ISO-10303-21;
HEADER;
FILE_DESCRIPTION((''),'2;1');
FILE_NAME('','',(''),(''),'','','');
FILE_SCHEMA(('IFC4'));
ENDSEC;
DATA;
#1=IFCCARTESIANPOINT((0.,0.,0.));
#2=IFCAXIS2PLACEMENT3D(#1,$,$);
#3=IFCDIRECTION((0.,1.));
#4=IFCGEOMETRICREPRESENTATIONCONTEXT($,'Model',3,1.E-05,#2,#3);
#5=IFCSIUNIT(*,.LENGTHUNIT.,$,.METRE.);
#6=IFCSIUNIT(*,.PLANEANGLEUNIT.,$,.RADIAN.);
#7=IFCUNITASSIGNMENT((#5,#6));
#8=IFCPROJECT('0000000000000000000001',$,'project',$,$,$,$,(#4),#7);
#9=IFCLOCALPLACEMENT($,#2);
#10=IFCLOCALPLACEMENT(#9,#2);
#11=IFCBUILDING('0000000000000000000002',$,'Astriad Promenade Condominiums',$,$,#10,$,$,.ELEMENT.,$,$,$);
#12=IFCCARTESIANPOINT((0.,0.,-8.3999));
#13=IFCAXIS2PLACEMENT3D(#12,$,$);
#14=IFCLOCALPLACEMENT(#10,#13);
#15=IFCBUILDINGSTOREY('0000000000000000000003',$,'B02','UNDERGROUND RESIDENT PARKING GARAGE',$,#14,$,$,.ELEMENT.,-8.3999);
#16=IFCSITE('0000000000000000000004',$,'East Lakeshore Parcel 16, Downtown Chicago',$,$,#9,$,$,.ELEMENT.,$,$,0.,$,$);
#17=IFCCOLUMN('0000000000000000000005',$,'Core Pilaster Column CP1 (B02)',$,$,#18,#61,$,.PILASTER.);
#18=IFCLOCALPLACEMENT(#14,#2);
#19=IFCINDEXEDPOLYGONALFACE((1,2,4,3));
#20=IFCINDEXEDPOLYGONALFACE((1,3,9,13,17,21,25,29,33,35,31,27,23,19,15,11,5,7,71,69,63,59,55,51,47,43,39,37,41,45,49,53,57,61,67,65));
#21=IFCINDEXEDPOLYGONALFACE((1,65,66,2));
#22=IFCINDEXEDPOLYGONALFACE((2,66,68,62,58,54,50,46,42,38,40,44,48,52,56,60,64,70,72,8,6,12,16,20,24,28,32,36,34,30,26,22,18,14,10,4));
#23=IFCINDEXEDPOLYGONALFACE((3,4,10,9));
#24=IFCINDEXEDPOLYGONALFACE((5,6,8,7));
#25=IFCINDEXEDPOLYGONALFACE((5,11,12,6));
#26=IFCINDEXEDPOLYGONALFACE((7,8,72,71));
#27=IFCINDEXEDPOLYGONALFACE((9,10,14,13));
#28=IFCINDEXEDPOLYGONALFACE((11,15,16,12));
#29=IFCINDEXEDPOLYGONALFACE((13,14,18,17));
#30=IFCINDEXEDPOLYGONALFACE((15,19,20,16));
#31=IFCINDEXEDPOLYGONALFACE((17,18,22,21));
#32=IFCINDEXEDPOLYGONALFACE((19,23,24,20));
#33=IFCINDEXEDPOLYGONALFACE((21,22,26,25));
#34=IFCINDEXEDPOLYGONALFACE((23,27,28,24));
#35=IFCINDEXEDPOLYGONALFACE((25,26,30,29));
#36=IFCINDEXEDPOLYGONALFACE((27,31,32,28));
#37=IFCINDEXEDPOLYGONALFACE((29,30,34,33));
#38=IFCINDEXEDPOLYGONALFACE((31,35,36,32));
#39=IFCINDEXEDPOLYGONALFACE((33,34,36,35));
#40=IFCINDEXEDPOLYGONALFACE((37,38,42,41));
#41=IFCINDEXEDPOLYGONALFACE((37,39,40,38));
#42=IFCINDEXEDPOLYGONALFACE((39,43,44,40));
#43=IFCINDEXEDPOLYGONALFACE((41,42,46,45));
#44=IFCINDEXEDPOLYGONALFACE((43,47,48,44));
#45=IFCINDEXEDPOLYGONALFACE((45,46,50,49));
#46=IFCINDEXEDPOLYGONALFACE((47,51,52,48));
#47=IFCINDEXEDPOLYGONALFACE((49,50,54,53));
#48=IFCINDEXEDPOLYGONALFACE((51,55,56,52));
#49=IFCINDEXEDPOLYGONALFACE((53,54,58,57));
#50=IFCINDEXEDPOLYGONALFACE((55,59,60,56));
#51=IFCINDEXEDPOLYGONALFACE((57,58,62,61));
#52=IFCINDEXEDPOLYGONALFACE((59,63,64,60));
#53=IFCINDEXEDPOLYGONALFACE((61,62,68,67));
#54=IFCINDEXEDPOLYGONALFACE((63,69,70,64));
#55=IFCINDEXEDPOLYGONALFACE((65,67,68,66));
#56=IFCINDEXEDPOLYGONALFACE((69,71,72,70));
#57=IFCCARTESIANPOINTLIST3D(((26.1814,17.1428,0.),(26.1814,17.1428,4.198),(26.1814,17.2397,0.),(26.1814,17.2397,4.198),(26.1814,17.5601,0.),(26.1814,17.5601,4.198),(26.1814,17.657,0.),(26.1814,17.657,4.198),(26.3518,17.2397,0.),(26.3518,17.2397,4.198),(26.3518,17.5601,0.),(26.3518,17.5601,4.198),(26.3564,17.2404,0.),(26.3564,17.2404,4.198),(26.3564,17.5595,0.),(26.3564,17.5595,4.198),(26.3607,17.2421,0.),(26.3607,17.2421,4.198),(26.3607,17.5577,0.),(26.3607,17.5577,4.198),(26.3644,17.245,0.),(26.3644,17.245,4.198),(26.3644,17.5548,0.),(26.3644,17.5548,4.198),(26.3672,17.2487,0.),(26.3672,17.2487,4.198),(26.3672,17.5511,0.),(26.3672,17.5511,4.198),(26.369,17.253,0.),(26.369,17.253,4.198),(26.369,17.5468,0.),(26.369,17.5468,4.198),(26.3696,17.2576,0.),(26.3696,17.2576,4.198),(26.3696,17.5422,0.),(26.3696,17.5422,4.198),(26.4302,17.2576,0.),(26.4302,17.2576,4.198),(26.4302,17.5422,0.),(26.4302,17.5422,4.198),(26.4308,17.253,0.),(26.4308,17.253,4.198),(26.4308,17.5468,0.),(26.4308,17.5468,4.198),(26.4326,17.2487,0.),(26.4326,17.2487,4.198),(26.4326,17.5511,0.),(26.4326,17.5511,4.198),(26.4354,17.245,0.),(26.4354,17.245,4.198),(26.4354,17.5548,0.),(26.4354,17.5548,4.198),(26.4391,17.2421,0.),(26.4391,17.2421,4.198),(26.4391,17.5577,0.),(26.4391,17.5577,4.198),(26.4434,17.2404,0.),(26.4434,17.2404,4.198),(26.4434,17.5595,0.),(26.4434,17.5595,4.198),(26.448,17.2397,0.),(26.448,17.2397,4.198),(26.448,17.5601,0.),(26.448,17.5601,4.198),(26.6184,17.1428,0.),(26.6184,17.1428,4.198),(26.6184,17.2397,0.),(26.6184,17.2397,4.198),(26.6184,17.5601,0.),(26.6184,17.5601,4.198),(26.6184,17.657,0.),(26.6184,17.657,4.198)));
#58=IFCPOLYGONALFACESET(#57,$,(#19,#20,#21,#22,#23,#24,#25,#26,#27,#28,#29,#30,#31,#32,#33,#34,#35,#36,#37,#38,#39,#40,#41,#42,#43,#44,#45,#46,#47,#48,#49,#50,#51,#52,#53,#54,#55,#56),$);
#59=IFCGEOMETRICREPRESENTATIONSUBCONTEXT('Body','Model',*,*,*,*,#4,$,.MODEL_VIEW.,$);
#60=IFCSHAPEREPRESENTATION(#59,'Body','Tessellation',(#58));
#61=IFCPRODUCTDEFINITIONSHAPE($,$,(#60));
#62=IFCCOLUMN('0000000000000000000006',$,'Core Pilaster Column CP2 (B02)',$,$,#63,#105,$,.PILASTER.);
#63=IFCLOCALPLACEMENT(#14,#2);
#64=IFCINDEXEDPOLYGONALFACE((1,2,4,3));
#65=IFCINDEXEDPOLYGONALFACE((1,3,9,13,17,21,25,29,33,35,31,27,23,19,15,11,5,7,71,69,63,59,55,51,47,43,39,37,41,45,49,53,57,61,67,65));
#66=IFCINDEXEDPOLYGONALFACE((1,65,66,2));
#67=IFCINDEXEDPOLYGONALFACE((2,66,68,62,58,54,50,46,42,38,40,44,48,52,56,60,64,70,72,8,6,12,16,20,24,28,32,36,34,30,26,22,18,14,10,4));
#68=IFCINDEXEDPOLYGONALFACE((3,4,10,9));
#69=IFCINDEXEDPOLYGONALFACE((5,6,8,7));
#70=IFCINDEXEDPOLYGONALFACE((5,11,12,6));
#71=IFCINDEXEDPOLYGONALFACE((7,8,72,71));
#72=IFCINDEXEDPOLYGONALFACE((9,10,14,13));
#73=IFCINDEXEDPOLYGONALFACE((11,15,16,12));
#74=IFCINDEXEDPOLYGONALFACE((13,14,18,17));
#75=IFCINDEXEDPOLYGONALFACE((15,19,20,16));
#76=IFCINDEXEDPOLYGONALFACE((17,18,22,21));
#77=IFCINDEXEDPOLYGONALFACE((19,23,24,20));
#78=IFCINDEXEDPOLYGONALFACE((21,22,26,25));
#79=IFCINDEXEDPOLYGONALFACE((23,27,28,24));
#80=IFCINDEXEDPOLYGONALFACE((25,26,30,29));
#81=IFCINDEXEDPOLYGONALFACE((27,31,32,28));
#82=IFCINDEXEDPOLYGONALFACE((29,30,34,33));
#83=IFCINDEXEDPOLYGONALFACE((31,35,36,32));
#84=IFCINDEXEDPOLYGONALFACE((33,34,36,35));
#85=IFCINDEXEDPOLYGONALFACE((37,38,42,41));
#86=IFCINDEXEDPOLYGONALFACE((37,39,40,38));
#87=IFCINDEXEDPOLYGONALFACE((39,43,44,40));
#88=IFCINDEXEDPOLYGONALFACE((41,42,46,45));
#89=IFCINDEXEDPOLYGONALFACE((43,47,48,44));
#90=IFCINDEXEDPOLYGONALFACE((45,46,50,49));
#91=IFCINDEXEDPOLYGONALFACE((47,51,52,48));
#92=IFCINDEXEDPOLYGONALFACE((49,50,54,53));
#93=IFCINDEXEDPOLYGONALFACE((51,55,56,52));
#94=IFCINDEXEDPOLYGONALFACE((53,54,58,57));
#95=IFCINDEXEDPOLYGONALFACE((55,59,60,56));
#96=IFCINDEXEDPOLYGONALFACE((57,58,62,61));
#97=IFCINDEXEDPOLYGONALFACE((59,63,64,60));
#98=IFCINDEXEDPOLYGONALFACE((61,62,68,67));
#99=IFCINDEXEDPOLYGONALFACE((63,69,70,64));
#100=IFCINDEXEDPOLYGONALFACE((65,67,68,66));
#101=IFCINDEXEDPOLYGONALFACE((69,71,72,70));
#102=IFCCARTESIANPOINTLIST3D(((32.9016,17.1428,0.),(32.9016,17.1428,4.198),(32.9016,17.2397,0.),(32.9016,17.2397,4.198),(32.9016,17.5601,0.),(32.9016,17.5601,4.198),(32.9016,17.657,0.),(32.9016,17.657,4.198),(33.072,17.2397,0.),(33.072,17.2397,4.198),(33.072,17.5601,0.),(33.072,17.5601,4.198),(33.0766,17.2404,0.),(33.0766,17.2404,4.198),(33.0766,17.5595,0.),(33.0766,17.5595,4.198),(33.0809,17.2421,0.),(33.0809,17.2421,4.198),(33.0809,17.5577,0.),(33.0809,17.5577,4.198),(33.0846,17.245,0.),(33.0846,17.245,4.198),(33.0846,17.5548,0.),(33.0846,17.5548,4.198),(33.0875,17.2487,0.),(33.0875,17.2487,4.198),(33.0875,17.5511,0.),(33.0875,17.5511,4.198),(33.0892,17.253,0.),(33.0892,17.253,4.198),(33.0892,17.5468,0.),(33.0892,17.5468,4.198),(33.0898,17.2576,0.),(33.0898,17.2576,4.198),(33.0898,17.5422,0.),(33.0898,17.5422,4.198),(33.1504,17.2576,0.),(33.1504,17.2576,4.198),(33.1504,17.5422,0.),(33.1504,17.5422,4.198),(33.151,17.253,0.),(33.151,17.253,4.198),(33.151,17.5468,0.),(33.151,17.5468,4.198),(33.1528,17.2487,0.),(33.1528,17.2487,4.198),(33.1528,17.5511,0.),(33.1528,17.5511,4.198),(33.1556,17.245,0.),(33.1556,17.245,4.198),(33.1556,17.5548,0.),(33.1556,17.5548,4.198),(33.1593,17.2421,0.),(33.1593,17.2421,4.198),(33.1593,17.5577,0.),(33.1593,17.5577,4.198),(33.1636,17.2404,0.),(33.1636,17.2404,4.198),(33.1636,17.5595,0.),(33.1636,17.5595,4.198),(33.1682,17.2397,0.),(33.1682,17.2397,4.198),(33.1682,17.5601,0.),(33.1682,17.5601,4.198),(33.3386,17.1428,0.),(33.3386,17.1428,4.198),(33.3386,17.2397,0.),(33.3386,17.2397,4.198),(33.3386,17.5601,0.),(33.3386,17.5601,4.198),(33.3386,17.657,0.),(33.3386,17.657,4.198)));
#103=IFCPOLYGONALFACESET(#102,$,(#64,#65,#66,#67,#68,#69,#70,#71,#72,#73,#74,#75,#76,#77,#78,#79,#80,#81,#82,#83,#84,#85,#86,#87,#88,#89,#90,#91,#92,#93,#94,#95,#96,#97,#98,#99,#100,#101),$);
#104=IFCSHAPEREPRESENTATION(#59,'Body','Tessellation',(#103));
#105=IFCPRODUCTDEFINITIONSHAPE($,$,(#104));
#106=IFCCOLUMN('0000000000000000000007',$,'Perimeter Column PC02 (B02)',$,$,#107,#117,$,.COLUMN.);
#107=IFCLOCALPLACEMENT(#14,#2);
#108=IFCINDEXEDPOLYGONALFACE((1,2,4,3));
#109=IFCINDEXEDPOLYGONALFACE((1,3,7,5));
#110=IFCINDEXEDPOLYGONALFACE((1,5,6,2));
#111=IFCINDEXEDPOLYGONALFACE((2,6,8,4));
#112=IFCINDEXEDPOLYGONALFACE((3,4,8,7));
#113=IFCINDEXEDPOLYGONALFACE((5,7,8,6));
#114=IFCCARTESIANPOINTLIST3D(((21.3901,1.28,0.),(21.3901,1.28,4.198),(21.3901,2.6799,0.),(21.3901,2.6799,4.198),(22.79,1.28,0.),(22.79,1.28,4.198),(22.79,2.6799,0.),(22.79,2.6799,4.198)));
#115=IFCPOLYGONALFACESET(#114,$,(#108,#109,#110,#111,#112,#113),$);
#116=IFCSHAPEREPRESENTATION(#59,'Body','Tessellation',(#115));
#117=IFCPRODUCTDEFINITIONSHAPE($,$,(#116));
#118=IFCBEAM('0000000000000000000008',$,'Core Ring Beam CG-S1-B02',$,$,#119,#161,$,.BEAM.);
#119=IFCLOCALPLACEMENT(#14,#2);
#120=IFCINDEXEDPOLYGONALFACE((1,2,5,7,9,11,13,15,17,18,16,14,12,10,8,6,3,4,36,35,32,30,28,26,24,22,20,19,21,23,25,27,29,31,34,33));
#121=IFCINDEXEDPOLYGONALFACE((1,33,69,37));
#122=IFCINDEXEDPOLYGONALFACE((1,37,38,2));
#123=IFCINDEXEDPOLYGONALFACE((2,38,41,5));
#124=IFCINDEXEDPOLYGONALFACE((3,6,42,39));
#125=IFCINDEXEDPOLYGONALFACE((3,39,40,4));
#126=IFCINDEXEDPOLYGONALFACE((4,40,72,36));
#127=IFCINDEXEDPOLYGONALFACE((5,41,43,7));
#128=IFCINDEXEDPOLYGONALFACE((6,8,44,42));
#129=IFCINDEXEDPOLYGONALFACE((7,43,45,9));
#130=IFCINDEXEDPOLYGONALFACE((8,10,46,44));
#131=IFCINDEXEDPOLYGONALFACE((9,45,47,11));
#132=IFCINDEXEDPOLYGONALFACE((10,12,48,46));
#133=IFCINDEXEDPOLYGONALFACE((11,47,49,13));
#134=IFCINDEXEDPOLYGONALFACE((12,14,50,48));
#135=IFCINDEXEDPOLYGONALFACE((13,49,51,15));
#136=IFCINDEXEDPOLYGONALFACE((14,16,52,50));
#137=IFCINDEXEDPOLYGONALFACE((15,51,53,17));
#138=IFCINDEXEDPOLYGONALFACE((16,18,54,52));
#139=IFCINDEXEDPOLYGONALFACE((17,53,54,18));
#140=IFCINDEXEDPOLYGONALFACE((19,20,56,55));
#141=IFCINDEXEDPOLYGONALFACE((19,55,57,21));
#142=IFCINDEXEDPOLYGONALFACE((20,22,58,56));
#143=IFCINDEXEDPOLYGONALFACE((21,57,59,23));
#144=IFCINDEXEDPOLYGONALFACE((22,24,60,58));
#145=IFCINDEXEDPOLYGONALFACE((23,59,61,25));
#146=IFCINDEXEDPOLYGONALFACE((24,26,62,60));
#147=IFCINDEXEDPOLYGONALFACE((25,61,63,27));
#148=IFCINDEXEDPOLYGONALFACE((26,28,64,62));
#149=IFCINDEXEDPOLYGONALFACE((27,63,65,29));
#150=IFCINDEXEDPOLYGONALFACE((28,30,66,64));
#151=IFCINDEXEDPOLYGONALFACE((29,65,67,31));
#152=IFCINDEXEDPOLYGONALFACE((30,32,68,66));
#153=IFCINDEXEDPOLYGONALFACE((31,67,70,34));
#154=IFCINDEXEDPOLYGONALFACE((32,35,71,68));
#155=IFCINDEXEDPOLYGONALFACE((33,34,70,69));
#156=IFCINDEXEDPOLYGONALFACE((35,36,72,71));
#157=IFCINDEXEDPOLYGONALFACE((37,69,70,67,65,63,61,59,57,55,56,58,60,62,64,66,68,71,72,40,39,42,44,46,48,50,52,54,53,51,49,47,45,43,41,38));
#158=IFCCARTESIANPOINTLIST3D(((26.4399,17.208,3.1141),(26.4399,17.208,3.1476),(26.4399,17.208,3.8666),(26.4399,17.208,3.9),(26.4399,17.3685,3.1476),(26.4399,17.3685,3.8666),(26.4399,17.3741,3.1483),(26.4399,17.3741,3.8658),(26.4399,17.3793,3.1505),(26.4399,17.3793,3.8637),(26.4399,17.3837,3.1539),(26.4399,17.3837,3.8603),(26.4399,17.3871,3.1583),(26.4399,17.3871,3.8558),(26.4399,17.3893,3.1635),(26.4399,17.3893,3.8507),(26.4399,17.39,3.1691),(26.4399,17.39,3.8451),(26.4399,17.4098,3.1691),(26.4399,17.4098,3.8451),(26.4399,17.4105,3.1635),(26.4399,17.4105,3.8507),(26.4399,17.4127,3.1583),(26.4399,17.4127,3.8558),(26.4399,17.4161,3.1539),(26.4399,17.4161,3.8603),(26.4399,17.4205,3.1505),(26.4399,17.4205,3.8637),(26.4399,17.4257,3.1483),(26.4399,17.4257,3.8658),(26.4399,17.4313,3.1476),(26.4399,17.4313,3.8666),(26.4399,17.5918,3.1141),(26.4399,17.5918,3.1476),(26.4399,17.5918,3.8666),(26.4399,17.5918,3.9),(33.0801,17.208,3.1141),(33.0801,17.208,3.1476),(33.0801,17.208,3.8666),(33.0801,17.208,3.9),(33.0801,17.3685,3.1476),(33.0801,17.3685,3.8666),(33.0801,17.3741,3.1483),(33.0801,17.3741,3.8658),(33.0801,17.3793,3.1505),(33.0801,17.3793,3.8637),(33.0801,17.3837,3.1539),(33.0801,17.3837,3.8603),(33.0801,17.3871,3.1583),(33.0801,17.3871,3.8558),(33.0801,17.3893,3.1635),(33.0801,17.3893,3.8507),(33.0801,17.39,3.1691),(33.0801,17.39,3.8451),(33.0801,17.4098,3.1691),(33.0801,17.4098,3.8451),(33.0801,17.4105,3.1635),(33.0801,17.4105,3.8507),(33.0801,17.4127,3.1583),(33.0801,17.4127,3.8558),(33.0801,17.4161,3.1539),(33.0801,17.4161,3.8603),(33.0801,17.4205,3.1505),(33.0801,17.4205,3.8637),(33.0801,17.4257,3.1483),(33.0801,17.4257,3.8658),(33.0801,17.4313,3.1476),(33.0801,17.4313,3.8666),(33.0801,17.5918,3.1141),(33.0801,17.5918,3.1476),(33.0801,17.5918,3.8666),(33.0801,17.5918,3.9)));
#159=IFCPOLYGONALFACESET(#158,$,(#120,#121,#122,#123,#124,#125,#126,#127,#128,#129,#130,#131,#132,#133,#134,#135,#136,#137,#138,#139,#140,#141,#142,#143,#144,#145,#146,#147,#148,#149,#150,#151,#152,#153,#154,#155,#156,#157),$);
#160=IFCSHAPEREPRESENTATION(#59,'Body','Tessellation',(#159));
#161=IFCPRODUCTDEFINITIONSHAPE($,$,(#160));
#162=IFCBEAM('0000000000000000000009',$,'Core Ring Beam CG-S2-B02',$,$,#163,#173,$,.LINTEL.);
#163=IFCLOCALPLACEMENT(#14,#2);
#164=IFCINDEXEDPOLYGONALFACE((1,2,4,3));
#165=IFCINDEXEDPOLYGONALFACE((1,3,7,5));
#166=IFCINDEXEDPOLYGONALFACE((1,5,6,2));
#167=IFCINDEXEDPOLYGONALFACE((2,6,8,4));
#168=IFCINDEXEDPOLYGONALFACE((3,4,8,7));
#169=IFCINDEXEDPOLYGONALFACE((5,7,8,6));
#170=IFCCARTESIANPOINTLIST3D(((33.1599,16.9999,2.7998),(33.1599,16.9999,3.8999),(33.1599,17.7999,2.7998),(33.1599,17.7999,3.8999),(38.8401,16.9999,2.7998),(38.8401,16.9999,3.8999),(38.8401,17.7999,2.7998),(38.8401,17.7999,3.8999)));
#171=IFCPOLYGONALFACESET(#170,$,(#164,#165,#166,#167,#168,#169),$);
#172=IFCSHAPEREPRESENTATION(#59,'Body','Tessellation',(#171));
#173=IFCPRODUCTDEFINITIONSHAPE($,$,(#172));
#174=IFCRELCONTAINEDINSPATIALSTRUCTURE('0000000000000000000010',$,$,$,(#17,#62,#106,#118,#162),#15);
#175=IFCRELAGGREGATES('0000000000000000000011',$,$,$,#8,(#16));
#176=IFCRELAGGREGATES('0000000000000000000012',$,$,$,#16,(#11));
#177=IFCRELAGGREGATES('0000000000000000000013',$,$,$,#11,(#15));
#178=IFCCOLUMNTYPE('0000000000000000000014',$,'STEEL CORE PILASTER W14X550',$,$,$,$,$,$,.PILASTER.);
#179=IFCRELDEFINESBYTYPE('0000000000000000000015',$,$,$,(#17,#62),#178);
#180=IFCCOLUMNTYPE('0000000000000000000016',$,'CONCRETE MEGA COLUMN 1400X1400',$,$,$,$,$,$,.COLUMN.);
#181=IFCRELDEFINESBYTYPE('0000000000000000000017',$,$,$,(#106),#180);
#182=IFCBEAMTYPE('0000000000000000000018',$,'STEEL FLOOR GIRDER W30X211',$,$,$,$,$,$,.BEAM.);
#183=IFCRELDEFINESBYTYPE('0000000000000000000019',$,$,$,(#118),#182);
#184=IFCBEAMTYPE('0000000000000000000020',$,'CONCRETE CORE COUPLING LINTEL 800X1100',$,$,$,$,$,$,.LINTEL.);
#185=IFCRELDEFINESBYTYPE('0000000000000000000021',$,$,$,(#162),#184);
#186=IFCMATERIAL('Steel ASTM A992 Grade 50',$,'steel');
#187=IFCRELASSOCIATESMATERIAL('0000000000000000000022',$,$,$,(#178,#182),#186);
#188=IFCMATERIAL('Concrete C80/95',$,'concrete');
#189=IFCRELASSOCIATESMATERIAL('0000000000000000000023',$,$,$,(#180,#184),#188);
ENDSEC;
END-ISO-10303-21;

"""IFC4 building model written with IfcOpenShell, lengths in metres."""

from ifc_helpers import new_model, si_unit, direction, frame, origin, origin_2d, place, context, subcontext, project, spatial, rectangle, i_section, extrude, source, transform, mapped, material, material_profile, profile_set, type_object, type_shapes, element, save


model = new_model("IFC4")

# Units and contexts
model_context = context("Model", 3, precision=1e-05, world=origin(), true_north=direction((0.0, 1.0)))
body_context = subcontext(model_context, "Body", "Model", "MODEL_VIEW")
ifc_project = project(units=[si_unit("LENGTHUNIT", "METRE"), si_unit("PLANEANGLEUNIT", "RADIAN")], contexts=[model_context])

# Site, building, storey
site_placement = place(None, origin())
site = spatial("IfcSite", under=ifc_project, at=site_placement, Name="East Lakeshore Parcel 16, Downtown Chicago", CompositionType="ELEMENT", RefElevation=0.0)
building_placement = place(site_placement, origin())
building = spatial("IfcBuilding", under=site, at=building_placement, Name="Astriad Promenade Condominiums", CompositionType="ELEMENT")
storey_placement = place(building_placement, frame((0.0, 0.0, -8.3999)))
storey = spatial("IfcBuildingStorey", under=building, at=storey_placement, Name="B02", Description="UNDERGROUND RESIDENT PARKING GARAGE", CompositionType="ELEMENT", Elevation=-8.3999)

# Columns
ifc_material_1 = material(Name="Steel ASTM A992 Grade 50", Category="steel")
ifc_material_profile_1 = material_profile(ifc_material_1, i_section(OverallWidth=0.437, OverallDepth=0.5142, WebThickness=0.0605, FlangeThickness=0.0969, FilletRadius=0.0178, at=origin_2d()), Name="W14X550")
ifc_profile_set_1 = profile_set([ifc_material_profile_1], Name="Steel ASTM A992 Grade 50")
column_type_1 = type_object("IfcColumnType", Name="STEEL CORE PILASTER W14X550", PredefinedType="PILASTER", material=ifc_profile_set_1)
shared_shape_1 = source(origin(), body_context, "Body", "SweptSolid", [
    extrude(i_section(OverallWidth=0.437, OverallDepth=0.5142, WebThickness=0.0605, FlangeThickness=0.0969, FilletRadius=0.0178, at=origin_2d()), origin(), (0.0, 0.0, 1.0), 4.198),
])
type_shapes(column_type_1, [shared_shape_1])
for number, where, z_axis, x_axis, name in (
    (1, (26.3999, 17.3999, 0.0), (0.0, 0.0, 1.0), (1.0, 0.0, 0.0), "Core Pilaster Column CP1 (B02)"),
    (2, (33.1201, 17.3999, 0.0), (0.0, 0.0, 1.0), (1.0, 0.0, 0.0), "Core Pilaster Column CP2 (B02)"),
):
    element("IfcColumn", number, at=place(storey_placement, frame(where, z_axis=z_axis, x_axis=x_axis)), inside=storey, type_object=column_type_1, Name=name, PredefinedType="PILASTER", context=body_context, shape_type="MappedRepresentation", body=[
        mapped(shared_shape_1, transform((0.0, 0.0, 0.0), scale=1.0)),
    ])
ifc_material_2 = material(Name="Concrete C80/95", Category="concrete")
ifc_material_profile_2 = material_profile(ifc_material_2, rectangle(XDim=1.3999, YDim=1.3999, at=origin_2d()), Name="RC-COL-1400X1400")
ifc_profile_set_2 = profile_set([ifc_material_profile_2], Name="Concrete C80/95")
column_type_2 = type_object("IfcColumnType", Name="CONCRETE MEGA COLUMN 1400X1400", PredefinedType="COLUMN", material=ifc_profile_set_2)
shared_shape_2 = source(origin(), body_context, "Body", "SweptSolid", [
    extrude(rectangle(XDim=1.3999, YDim=1.3999, at=origin_2d()), origin(), (0.0, 0.0, 1.0), 4.198),
])
type_shapes(column_type_2, [shared_shape_2])
column_placement = place(storey_placement, frame((22.0901, 1.98, 0.0), z_axis=(0.0, 0.0, 1.0), x_axis=(1.0, 0.0, 0.0)))
element("IfcColumn", 3, at=column_placement, inside=storey, type_object=column_type_2, Name="Perimeter Column PC02 (B02)", PredefinedType="COLUMN", context=body_context, shape_type="MappedRepresentation", body=[
    mapped(shared_shape_2, transform((0.0, 0.0, 0.0), scale=1.0)),
])

# Beams
ifc_material_profile_3 = material_profile(ifc_material_1, i_section(OverallWidth=0.3838, OverallDepth=0.7859, WebThickness=0.0198, FlangeThickness=0.0334, FilletRadius=0.0215, at=origin_2d()), Name="W30X211")
ifc_profile_set_3 = profile_set([ifc_material_profile_3], Name="Steel ASTM A992 Grade 50")
beam_type_1 = type_object("IfcBeamType", Name="STEEL FLOOR GIRDER W30X211", PredefinedType="BEAM", material=ifc_profile_set_3)
shared_shape_3 = source(origin(), body_context, "Body", "SweptSolid", [
    extrude(i_section(OverallWidth=0.3838, OverallDepth=0.7859, WebThickness=0.0198, FlangeThickness=0.0334, FilletRadius=0.0215, at=origin_2d()), origin(), (0.0, 0.0, 1.0), 6.6401),
])
type_shapes(beam_type_1, [shared_shape_3])
beam_1_placement = place(storey_placement, frame((26.4399, 17.3999, 3.5071), z_axis=(1.0, 0.0, 0.0), x_axis=(0.0, 1.0, 0.0)))
element("IfcBeam", 4, at=beam_1_placement, inside=storey, type_object=beam_type_1, Name="Core Ring Beam CG-S1-B02", PredefinedType="BEAM", context=body_context, shape_type="MappedRepresentation", body=[
    mapped(shared_shape_3, transform((0.0, 0.0, 0.0), scale=1.0)),
])
ifc_material_profile_4 = material_profile(ifc_material_2, rectangle(XDim=0.8, YDim=1.1001, at=origin_2d()), Name="RC-BM-800X1100")
ifc_profile_set_4 = profile_set([ifc_material_profile_4], Name="Concrete C80/95")
beam_type_2 = type_object("IfcBeamType", Name="CONCRETE CORE COUPLING LINTEL 800X1100", PredefinedType="LINTEL", material=ifc_profile_set_4)
shared_shape_4 = source(origin(), body_context, "Body", "SweptSolid", [
    extrude(rectangle(XDim=0.8, YDim=1.1001, at=origin_2d()), origin(), (0.0, 0.0, 1.0), 5.6802),
])
type_shapes(beam_type_2, [shared_shape_4])
beam_2_placement = place(storey_placement, frame((33.1599, 17.3999, 3.3499), z_axis=(1.0, 0.0, 0.0), x_axis=(0.0, 1.0, 0.0)))
element("IfcBeam", 5, at=beam_2_placement, inside=storey, type_object=beam_type_2, Name="Core Ring Beam CG-S2-B02", PredefinedType="LINTEL", context=body_context, shape_type="MappedRepresentation", body=[
    mapped(shared_shape_4, transform((0.0, 0.0, 0.0), scale=1.0)),
])

save(model, "model.ifc")
